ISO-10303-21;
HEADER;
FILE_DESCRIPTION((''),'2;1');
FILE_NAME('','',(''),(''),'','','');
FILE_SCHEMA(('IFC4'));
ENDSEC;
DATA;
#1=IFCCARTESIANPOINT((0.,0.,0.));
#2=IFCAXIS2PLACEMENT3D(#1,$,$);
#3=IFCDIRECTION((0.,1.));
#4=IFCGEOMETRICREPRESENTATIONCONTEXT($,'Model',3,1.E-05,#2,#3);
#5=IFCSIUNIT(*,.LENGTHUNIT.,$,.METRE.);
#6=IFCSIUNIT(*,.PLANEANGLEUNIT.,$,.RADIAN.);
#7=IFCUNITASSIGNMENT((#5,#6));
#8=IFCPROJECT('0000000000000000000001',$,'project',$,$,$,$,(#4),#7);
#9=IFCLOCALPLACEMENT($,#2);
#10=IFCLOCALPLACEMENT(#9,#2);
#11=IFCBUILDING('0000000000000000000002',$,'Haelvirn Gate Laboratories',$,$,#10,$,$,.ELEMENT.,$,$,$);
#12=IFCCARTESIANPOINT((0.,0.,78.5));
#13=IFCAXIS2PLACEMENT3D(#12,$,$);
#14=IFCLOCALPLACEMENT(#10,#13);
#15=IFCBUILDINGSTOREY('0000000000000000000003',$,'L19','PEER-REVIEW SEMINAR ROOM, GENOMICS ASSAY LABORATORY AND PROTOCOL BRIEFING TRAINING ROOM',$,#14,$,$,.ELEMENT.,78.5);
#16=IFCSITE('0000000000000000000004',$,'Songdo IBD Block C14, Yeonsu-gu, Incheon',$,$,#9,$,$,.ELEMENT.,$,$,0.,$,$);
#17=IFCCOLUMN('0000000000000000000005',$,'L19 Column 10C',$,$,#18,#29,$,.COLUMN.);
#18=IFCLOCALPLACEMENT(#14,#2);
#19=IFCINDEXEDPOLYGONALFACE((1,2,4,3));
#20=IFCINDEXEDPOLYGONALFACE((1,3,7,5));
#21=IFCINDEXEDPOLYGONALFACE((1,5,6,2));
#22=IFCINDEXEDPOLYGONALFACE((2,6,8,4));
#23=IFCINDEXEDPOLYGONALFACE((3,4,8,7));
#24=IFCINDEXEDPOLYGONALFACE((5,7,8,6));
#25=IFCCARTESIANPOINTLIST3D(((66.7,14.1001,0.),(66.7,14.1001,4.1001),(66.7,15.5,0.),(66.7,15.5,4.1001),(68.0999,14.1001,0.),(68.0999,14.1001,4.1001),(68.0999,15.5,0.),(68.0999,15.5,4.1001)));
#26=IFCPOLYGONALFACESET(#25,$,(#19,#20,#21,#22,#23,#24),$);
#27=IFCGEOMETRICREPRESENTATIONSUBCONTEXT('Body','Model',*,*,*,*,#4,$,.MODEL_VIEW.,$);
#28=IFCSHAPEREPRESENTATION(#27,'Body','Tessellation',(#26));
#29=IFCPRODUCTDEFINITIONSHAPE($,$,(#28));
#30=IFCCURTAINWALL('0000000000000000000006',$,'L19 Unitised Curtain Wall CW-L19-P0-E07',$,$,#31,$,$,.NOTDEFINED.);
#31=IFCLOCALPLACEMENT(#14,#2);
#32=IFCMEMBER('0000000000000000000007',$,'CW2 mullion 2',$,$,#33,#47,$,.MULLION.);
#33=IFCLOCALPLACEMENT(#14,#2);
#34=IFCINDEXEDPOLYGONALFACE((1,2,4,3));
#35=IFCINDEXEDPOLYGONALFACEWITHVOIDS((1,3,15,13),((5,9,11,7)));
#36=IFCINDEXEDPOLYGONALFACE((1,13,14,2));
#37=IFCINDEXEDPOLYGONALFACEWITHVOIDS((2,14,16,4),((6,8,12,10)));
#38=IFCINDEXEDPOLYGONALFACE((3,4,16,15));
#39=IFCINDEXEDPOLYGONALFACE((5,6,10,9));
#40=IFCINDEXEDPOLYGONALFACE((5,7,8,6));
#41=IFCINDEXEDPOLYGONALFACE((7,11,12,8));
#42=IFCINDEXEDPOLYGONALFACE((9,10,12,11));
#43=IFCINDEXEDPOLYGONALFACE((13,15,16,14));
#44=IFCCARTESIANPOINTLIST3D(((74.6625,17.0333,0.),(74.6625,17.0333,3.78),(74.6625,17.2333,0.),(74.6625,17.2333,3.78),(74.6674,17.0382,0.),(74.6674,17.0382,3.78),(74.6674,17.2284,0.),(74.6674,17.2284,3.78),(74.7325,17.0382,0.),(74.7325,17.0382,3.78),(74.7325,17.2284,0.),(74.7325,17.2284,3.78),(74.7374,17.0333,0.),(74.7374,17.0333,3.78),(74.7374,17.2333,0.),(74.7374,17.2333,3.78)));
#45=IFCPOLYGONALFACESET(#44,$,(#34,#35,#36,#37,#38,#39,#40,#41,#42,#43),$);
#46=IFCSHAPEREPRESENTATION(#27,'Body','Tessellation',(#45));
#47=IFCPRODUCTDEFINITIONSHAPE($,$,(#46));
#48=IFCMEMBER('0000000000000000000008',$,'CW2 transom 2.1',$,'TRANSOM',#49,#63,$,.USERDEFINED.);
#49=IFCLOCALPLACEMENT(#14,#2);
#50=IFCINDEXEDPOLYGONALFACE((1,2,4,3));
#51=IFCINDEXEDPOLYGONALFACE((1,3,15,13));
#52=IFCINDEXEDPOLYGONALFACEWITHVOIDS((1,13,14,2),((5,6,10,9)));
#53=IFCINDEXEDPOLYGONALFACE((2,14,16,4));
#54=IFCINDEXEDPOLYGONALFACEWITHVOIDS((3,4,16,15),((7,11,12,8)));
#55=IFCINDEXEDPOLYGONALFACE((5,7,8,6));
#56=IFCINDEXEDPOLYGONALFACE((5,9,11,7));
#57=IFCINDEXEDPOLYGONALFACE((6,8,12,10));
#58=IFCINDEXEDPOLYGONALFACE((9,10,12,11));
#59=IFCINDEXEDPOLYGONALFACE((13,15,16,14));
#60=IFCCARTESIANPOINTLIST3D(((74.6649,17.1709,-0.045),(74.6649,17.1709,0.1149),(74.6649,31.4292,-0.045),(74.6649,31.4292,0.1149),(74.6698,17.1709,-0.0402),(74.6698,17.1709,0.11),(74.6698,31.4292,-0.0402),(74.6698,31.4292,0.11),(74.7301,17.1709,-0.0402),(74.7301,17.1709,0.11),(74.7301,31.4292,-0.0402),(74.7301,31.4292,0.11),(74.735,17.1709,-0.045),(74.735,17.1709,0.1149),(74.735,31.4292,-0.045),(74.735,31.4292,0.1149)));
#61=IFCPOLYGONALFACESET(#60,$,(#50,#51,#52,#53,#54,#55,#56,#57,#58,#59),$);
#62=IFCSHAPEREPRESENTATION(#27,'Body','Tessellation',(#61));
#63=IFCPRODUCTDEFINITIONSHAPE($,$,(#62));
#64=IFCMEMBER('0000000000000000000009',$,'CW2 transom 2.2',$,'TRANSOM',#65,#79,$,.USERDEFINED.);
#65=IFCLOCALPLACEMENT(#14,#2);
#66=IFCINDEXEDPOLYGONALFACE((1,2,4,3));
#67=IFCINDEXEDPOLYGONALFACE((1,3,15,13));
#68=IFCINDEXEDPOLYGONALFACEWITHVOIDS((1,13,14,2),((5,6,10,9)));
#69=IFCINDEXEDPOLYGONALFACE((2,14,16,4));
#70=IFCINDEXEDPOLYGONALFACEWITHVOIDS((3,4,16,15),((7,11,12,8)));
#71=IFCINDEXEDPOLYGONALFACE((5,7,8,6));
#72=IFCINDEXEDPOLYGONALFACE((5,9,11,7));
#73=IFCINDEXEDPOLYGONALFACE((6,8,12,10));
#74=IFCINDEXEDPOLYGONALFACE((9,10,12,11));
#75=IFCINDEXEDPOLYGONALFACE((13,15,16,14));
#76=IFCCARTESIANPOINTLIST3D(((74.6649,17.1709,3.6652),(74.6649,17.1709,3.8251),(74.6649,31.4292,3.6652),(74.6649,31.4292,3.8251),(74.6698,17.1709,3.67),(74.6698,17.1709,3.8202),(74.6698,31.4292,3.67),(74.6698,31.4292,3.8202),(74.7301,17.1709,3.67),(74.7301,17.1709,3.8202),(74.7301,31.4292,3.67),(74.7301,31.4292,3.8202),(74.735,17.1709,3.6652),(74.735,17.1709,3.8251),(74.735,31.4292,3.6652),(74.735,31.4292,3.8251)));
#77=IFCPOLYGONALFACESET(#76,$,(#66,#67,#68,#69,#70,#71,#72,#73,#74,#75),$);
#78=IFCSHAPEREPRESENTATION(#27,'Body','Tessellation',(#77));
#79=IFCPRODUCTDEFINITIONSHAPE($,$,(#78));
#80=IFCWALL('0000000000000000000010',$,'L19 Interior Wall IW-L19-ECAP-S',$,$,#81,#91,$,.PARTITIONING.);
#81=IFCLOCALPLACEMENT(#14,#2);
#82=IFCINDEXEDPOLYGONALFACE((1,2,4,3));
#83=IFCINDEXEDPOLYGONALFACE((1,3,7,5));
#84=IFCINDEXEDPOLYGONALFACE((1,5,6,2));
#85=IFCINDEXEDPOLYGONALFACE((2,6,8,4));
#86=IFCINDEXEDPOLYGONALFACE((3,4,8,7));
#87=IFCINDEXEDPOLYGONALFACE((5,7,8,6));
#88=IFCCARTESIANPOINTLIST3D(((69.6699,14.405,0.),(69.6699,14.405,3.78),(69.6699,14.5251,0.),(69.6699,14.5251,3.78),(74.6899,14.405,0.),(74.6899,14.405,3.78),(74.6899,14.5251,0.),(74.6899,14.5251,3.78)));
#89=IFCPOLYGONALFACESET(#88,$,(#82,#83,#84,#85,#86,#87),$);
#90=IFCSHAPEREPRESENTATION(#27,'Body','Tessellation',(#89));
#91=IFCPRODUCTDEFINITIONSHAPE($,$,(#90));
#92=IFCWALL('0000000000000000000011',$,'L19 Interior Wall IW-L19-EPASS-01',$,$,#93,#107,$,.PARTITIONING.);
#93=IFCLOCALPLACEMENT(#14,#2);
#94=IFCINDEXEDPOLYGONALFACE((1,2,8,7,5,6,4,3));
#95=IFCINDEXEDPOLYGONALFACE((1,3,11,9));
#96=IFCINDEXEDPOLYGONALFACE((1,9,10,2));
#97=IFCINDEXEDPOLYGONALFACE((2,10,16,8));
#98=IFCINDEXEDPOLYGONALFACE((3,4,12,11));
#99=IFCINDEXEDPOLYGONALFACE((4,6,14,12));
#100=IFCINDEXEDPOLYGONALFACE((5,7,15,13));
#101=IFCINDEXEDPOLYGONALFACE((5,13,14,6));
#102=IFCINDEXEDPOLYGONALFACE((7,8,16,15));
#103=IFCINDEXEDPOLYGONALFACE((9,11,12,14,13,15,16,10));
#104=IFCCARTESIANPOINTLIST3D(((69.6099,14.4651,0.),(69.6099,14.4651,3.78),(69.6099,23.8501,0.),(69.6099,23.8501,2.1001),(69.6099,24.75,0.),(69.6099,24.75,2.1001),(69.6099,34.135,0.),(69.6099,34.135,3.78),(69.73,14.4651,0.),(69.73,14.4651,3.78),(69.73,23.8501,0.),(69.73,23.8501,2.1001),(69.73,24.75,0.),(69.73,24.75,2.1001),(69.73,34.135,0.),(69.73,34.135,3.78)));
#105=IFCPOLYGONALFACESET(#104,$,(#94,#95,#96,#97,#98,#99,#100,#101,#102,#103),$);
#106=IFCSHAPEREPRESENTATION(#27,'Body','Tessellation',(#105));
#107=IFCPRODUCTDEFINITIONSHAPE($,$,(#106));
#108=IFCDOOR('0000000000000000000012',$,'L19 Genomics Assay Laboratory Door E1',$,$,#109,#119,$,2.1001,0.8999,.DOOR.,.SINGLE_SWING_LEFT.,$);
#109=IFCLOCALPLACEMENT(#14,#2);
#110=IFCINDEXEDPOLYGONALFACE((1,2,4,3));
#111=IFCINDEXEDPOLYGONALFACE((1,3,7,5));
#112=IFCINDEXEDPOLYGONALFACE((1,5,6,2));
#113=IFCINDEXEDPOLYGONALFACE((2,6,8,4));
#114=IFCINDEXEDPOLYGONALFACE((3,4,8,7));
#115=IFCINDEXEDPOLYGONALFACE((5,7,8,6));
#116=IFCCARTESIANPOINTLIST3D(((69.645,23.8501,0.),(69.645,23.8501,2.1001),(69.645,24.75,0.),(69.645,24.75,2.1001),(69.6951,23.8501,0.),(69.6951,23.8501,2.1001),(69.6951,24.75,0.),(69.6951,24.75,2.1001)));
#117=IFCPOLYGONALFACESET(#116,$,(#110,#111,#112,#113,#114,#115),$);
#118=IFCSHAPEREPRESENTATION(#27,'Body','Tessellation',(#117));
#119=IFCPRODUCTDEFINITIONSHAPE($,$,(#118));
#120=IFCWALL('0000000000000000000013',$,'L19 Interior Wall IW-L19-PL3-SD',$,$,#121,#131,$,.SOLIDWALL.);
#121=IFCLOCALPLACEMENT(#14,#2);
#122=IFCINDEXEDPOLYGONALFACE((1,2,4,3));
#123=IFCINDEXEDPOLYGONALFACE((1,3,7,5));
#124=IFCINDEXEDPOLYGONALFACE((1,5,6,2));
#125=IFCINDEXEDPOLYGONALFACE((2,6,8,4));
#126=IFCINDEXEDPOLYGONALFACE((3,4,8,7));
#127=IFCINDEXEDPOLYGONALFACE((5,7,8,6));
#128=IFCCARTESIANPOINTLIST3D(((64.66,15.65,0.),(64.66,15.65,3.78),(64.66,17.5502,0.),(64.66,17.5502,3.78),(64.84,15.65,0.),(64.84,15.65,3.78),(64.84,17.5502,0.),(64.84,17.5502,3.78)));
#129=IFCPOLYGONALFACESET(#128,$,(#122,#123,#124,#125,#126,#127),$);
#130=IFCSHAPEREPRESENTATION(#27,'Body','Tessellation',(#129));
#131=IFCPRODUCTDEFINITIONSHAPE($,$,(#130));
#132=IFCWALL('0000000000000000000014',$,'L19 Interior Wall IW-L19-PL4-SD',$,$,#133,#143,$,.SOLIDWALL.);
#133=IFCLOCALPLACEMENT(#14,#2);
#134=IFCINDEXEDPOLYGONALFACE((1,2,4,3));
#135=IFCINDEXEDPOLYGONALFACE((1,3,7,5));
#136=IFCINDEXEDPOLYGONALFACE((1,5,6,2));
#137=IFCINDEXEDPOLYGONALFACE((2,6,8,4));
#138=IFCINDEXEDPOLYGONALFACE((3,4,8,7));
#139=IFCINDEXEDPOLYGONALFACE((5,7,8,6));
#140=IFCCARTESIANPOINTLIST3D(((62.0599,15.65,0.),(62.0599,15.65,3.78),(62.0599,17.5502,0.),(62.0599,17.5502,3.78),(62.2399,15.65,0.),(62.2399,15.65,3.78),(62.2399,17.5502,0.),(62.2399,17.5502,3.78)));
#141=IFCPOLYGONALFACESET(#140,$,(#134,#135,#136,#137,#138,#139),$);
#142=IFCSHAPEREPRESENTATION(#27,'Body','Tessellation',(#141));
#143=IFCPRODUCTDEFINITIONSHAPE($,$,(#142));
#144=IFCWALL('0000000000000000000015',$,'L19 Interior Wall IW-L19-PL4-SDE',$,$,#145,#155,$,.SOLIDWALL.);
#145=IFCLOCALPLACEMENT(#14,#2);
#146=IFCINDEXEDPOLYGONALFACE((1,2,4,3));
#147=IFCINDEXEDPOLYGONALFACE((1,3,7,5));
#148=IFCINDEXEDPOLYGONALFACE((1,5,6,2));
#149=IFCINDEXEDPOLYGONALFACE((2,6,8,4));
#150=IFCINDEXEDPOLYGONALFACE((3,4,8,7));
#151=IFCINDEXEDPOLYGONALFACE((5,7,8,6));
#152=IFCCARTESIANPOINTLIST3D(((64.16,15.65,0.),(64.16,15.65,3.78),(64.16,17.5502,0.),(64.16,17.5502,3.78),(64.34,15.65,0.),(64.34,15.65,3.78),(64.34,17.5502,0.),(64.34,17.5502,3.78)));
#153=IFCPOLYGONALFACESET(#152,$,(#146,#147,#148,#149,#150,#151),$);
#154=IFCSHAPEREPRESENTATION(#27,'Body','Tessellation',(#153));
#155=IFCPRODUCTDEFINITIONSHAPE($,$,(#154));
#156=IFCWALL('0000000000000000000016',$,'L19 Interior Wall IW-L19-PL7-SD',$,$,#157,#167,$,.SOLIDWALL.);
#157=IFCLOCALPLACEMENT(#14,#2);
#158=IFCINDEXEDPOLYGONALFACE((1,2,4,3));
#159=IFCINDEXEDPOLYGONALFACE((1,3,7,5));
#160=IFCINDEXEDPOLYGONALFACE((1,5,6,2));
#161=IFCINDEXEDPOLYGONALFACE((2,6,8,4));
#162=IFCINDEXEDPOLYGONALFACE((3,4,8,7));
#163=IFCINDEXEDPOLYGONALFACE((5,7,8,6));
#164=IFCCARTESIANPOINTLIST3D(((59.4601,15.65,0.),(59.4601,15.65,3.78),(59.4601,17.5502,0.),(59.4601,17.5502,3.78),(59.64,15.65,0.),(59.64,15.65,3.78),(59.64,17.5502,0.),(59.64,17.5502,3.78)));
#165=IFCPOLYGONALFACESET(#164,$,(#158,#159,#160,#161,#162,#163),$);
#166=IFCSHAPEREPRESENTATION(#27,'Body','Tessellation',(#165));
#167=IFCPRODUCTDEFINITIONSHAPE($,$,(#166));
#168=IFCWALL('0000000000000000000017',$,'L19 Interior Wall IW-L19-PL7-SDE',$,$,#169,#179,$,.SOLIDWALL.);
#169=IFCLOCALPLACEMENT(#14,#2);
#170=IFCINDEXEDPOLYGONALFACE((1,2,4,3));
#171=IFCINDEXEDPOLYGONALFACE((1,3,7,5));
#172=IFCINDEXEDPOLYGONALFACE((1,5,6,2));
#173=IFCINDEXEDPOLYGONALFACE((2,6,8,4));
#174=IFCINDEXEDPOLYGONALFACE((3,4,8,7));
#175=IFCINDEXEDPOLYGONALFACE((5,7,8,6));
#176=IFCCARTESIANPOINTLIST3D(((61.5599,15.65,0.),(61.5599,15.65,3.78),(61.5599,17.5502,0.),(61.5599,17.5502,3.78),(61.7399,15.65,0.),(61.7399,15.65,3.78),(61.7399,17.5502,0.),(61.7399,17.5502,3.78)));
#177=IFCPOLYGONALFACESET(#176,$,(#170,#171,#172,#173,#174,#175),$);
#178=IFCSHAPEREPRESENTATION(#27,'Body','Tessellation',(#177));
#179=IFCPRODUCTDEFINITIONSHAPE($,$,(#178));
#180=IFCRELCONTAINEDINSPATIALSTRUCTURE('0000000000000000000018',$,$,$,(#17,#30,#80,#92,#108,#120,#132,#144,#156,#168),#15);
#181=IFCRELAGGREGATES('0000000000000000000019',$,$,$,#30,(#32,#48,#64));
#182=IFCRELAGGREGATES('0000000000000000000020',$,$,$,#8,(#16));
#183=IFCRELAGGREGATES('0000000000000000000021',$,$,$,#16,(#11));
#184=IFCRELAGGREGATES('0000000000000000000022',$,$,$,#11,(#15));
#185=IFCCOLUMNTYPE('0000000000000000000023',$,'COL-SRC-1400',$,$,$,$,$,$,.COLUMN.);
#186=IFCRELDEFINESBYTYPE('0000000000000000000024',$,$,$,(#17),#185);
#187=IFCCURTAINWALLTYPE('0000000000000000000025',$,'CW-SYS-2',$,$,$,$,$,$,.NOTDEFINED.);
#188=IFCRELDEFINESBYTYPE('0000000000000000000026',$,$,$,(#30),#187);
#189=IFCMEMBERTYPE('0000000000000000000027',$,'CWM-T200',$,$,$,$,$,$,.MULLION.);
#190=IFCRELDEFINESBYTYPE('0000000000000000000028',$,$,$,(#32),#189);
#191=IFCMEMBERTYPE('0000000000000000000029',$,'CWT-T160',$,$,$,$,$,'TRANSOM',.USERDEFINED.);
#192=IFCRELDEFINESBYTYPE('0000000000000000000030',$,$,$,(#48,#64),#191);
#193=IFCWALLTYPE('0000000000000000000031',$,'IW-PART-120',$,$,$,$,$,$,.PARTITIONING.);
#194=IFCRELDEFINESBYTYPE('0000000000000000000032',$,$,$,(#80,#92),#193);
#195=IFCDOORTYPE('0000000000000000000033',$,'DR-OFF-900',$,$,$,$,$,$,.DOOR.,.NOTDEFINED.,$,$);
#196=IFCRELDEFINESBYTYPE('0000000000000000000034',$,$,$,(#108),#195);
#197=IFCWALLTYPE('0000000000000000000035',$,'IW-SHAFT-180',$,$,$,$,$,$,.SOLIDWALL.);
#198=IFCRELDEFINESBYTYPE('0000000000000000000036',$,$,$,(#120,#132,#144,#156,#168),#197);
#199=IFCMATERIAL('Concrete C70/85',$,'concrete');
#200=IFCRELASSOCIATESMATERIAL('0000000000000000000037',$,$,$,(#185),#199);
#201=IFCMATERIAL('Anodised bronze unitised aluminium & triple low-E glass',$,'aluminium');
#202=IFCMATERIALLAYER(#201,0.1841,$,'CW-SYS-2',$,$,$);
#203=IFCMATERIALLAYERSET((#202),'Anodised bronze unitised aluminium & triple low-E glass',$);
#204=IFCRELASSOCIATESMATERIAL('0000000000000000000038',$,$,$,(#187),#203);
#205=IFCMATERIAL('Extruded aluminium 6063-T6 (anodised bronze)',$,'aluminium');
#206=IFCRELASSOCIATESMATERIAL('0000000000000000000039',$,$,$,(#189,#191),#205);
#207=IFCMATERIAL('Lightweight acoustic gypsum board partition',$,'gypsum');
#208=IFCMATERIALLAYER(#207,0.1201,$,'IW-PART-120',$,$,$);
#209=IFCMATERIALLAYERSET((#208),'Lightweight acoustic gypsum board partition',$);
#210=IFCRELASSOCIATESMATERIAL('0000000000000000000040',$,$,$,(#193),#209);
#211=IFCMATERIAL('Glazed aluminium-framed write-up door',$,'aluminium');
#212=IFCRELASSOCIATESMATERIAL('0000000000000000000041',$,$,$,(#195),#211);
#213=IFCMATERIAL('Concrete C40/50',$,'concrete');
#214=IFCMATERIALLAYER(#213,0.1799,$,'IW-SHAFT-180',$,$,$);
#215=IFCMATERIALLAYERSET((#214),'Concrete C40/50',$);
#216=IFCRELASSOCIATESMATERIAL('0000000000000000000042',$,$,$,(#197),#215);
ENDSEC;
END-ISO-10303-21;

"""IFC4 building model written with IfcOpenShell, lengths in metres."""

from ifc_helpers import new_model, si_unit, direction, frame, frame_2d, origin, origin_2d, place, context, subcontext, project, spatial, rectangle, hollow_rectangle, extrude, source, transform, mapped, material, layer, layer_set, material_profile, profile_set, type_object, type_shapes, element, fill, aggregate, save


model = new_model("IFC4")

# Units and contexts
model_context = context("Model", 3, precision=1e-05, world=origin(), true_north=direction((0.0, 1.0)))
body_context = subcontext(model_context, "Body", "Model", "MODEL_VIEW")
ifc_project = project(units=[si_unit("LENGTHUNIT", "METRE"), si_unit("PLANEANGLEUNIT", "RADIAN")], contexts=[model_context])

# Site, building, storey
site_placement = place(None, origin())
site = spatial("IfcSite", under=ifc_project, at=site_placement, Name="Songdo IBD Block C14, Yeonsu-gu, Incheon", CompositionType="ELEMENT", RefElevation=0.0)
building_placement = place(site_placement, origin())
building = spatial("IfcBuilding", under=site, at=building_placement, Name="Haelvirn Gate Laboratories", CompositionType="ELEMENT")
storey_placement = place(building_placement, frame((0.0, 0.0, 78.5)))
storey = spatial("IfcBuildingStorey", under=building, at=storey_placement, Name="L19", Description="PEER-REVIEW SEMINAR ROOM, GENOMICS ASSAY LABORATORY AND PROTOCOL BRIEFING TRAINING ROOM", CompositionType="ELEMENT", Elevation=78.5)

# Column
ifc_material_1 = material(Name="Concrete C70/85", Category="concrete")
ifc_material_profile_1 = material_profile(ifc_material_1, rectangle(XDim=1.3999, YDim=1.3999, at=origin_2d()), Name="SRC-1400x1400")
ifc_profile_set_1 = profile_set([ifc_material_profile_1], Name="Concrete C70/85")
column_type = type_object("IfcColumnType", Name="COL-SRC-1400", PredefinedType="COLUMN", material=ifc_profile_set_1)
shared_shape_1 = source(origin(), body_context, "Body", "SweptSolid", [
    extrude(rectangle(XDim=1.3999, YDim=1.3999, at=origin_2d()), origin(), (0.0, 0.0, 1.0), 4.1001),
])
type_shapes(column_type, [shared_shape_1])
column_placement = place(storey_placement, frame((67.3999, 14.8, 0.0), z_axis=(0.0, 0.0, 1.0), x_axis=(1.0, 0.0, 0.0)))
element("IfcColumn", 1, at=column_placement, inside=storey, type_object=column_type, Name="L19 Column 10C", PredefinedType="COLUMN", context=body_context, shape_type="MappedRepresentation", body=[
    mapped(shared_shape_1, transform((0.0, 0.0, 0.0), scale=1.0)),
])

# Curtain wall, members
ifc_material_2 = material(Name="Anodised bronze unitised aluminium & triple low-E glass", Category="aluminium")
ifc_layer_1 = layer(ifc_material_2, 0.1841, Name="CW-SYS-2")
ifc_layer_set_1 = layer_set([ifc_layer_1], Name="Anodised bronze unitised aluminium & triple low-E glass")
curtain_wall_type = type_object("IfcCurtainWallType", Name="CW-SYS-2", PredefinedType="NOTDEFINED", material=ifc_layer_set_1)
curtain_wall_placement = place(storey_placement, origin())
curtain_wall = element("IfcCurtainWall", 2, at=curtain_wall_placement, inside=storey, type_object=curtain_wall_type, Name="L19 Unitised Curtain Wall CW-L19-P0-E07", PredefinedType="NOTDEFINED")
ifc_material_3 = material(Name="Extruded aluminium 6063-T6 (anodised bronze)", Category="aluminium")
ifc_material_profile_2 = material_profile(ifc_material_3, hollow_rectangle(XDim=0.075, YDim=0.2, WallThickness=0.0049, at=origin_2d()), Name="CWM-200x75x5")
ifc_profile_set_2 = profile_set([ifc_material_profile_2], Name="Extruded aluminium 6063-T6 (anodised bronze)")
member_type_1 = type_object("IfcMemberType", Name="CWM-T200", PredefinedType="MULLION", material=ifc_profile_set_2)
shared_shape_2 = source(origin(), body_context, "Body", "SweptSolid", [
    extrude(hollow_rectangle(XDim=0.075, YDim=0.2, WallThickness=0.0049, at=origin_2d()), origin(), (0.0, 0.0, 1.0), 3.78),
])
type_shapes(member_type_1, [shared_shape_2])
member_1_placement = place(storey_placement, frame((74.7, 17.1333, 0.0), z_axis=(0.0, 0.0, 1.0), x_axis=(-1.0, 0.0, 0.0)))
member_1 = element("IfcMember", 3, at=member_1_placement, type_object=member_type_1, Name="CW2 mullion 2", PredefinedType="MULLION", context=body_context, shape_type="MappedRepresentation", body=[
    mapped(shared_shape_2, transform((0.0, 0.0, 0.0), scale=1.0)),
])
ifc_material_profile_3 = material_profile(ifc_material_3, hollow_rectangle(XDim=0.0701, YDim=0.1599, WallThickness=0.0049, at=origin_2d()), Name="CWT-160x70x5")
ifc_profile_set_3 = profile_set([ifc_material_profile_3], Name="Extruded aluminium 6063-T6 (anodised bronze)")
member_type_2 = type_object("IfcMemberType", Name="CWT-T160", ElementType="TRANSOM", PredefinedType="USERDEFINED", material=ifc_profile_set_3)
shared_shape_3 = source(origin(), body_context, "Body", "SweptSolid", [
    extrude(hollow_rectangle(XDim=0.0701, YDim=0.1599, WallThickness=0.0049, at=origin_2d()), origin(), (0.0, 0.0, 1.0), 14.2583),
])
type_shapes(member_type_2, [shared_shape_3])
member_2_placement = place(storey_placement, frame((74.7, 17.1709, 0.0349), z_axis=(0.0, 1.0, 0.0), x_axis=(-1.0, 0.0, 0.0)))
member_2 = element("IfcMember", 4, at=member_2_placement, type_object=member_type_2, Name="CW2 transom 2.1", ObjectType="TRANSOM", PredefinedType="USERDEFINED", context=body_context, shape_type="MappedRepresentation", body=[
    mapped(shared_shape_3, transform((0.0, 0.0, 0.0), scale=1.0)),
])
member_3_placement = place(storey_placement, frame((74.7, 17.1709, 3.7451), z_axis=(0.0, 1.0, 0.0), x_axis=(-1.0, 0.0, 0.0)))
member_3 = element("IfcMember", 5, at=member_3_placement, type_object=member_type_2, Name="CW2 transom 2.2", ObjectType="TRANSOM", PredefinedType="USERDEFINED", context=body_context, shape_type="MappedRepresentation", body=[
    mapped(shared_shape_3, transform((0.0, 0.0, 0.0), scale=1.0)),
])
aggregate(curtain_wall, [member_1, member_2, member_3])

# Wall
ifc_material_4 = material(Name="Lightweight acoustic gypsum board partition", Category="gypsum")
ifc_layer_2 = layer(ifc_material_4, 0.1201, Name="IW-PART-120")
ifc_layer_set_2 = layer_set([ifc_layer_2], Name="Lightweight acoustic gypsum board partition")
wall_type_1 = type_object("IfcWallType", Name="IW-PART-120", PredefinedType="PARTITIONING", material=ifc_layer_set_2)
wall_1_placement = place(storey_placement, frame((69.6699, 14.4651, 0.0), z_axis=(0.0, 0.0, 1.0), x_axis=(1.0, 0.0, 0.0)))
element("IfcWall", 6, at=wall_1_placement, inside=storey, type_object=wall_type_1, Name="L19 Interior Wall IW-L19-ECAP-S", PredefinedType="PARTITIONING", context=body_context, shape_type="SweptSolid", body=[
    extrude(rectangle(XDim=5.02, YDim=0.1201, at=frame_2d((2.51, 0.0))), origin(), (0.0, 0.0, 1.0), 3.78),
])

# Wall, opening, door
wall_2_placement = place(storey_placement, frame((69.6699, 14.4651, 0.0), z_axis=(0.0, 0.0, 1.0), x_axis=(0.0, 1.0, 0.0)))
wall_2 = element("IfcWall", 7, at=wall_2_placement, inside=storey, type_object=wall_type_1, Name="L19 Interior Wall IW-L19-EPASS-01", PredefinedType="PARTITIONING", context=body_context, shape_type="SweptSolid", body=[
    extrude(rectangle(XDim=19.6699, YDim=0.1201, at=frame_2d((9.835, 0.0))), origin(), (0.0, 0.0, 1.0), 3.78),
])
opening_1_placement = place(wall_2_placement, frame((9.385, 0.0, 0.0)))
opening_1 = element("IfcOpeningElement", 8, at=opening_1_placement, cuts=wall_2, PredefinedType="OPENING", context=body_context, shape_type="SweptSolid", body=[
    extrude(rectangle(XDim=0.8999, YDim=2.1001, at=frame_2d((0.45, 1.05))), frame((0.0, 0.0701, 0.0), z_axis=(0.0, -1.0, 0.0), x_axis=(1.0, 0.0, 0.0)), (0.0, 0.0, 1.0), 0.1401),
])
ifc_material_5 = material(Name="Glazed aluminium-framed write-up door", Category="aluminium")
door_type_1 = type_object("IfcDoorType", Name="DR-OFF-900", OperationType="NOTDEFINED", PredefinedType="DOOR", material=ifc_material_5)
shared_shape_4 = source(origin(), body_context, "Body", "SweptSolid", [
    extrude(rectangle(XDim=0.8999, YDim=2.1001, at=frame_2d((0.45, 1.05))), frame((0.0, 0.0249, 0.0), z_axis=(0.0, -1.0, 0.0), x_axis=(1.0, 0.0, 0.0)), (0.0, 0.0, 1.0), 0.05),
])
type_shapes(door_type_1, [shared_shape_4])
door_1_placement = place(opening_1_placement, origin())
door_1 = element("IfcDoor", 9, at=door_1_placement, inside=storey, type_object=door_type_1, Name="L19 Genomics Assay Laboratory Door E1", OperationType="SINGLE_SWING_LEFT", OverallHeight=2.1001, OverallWidth=0.8999, PredefinedType="DOOR", context=body_context, shape_type="MappedRepresentation", body=[
    mapped(shared_shape_4, transform((0.0, 0.0, 0.0), scale=1.0)),
])
fill(opening_1, door_1)

# Walls
ifc_material_6 = material(Name="Concrete C40/50", Category="concrete")
ifc_layer_3 = layer(ifc_material_6, 0.1799, Name="IW-SHAFT-180")
ifc_layer_set_3 = layer_set([ifc_layer_3], Name="Concrete C40/50")
wall_type_2 = type_object("IfcWallType", Name="IW-SHAFT-180", PredefinedType="SOLIDWALL", material=ifc_layer_set_3)
for number, where, z_axis, x_axis, name in (
    (10, (64.75, 15.6499, 0.0), (0.0, 0.0, 1.0), (0.0, 1.0, 0.0), "L19 Interior Wall IW-L19-PL3-SD"),
    (11, (62.1499, 15.6499, 0.0), (0.0, 0.0, 1.0), (0.0, 1.0, 0.0), "L19 Interior Wall IW-L19-PL4-SD"),
    (12, (64.25, 15.6499, 0.0), (0.0, 0.0, 1.0), (0.0, 1.0, 0.0), "L19 Interior Wall IW-L19-PL4-SDE"),
    (13, (59.55, 15.6499, 0.0), (0.0, 0.0, 1.0), (0.0, 1.0, 0.0), "L19 Interior Wall IW-L19-PL7-SD"),
    (14, (61.6499, 15.6499, 0.0), (0.0, 0.0, 1.0), (0.0, 1.0, 0.0), "L19 Interior Wall IW-L19-PL7-SDE"),
):
    element("IfcWall", number, at=place(storey_placement, frame(where, z_axis=z_axis, x_axis=x_axis)), inside=storey, type_object=wall_type_2, Name=name, PredefinedType="SOLIDWALL", context=body_context, shape_type="SweptSolid", body=[
        extrude(rectangle(XDim=1.9001, YDim=0.1799, at=frame_2d((0.9502, 0.0))), origin(), (0.0, 0.0, 1.0), 3.78),
    ])

save(model, "model.ifc")
